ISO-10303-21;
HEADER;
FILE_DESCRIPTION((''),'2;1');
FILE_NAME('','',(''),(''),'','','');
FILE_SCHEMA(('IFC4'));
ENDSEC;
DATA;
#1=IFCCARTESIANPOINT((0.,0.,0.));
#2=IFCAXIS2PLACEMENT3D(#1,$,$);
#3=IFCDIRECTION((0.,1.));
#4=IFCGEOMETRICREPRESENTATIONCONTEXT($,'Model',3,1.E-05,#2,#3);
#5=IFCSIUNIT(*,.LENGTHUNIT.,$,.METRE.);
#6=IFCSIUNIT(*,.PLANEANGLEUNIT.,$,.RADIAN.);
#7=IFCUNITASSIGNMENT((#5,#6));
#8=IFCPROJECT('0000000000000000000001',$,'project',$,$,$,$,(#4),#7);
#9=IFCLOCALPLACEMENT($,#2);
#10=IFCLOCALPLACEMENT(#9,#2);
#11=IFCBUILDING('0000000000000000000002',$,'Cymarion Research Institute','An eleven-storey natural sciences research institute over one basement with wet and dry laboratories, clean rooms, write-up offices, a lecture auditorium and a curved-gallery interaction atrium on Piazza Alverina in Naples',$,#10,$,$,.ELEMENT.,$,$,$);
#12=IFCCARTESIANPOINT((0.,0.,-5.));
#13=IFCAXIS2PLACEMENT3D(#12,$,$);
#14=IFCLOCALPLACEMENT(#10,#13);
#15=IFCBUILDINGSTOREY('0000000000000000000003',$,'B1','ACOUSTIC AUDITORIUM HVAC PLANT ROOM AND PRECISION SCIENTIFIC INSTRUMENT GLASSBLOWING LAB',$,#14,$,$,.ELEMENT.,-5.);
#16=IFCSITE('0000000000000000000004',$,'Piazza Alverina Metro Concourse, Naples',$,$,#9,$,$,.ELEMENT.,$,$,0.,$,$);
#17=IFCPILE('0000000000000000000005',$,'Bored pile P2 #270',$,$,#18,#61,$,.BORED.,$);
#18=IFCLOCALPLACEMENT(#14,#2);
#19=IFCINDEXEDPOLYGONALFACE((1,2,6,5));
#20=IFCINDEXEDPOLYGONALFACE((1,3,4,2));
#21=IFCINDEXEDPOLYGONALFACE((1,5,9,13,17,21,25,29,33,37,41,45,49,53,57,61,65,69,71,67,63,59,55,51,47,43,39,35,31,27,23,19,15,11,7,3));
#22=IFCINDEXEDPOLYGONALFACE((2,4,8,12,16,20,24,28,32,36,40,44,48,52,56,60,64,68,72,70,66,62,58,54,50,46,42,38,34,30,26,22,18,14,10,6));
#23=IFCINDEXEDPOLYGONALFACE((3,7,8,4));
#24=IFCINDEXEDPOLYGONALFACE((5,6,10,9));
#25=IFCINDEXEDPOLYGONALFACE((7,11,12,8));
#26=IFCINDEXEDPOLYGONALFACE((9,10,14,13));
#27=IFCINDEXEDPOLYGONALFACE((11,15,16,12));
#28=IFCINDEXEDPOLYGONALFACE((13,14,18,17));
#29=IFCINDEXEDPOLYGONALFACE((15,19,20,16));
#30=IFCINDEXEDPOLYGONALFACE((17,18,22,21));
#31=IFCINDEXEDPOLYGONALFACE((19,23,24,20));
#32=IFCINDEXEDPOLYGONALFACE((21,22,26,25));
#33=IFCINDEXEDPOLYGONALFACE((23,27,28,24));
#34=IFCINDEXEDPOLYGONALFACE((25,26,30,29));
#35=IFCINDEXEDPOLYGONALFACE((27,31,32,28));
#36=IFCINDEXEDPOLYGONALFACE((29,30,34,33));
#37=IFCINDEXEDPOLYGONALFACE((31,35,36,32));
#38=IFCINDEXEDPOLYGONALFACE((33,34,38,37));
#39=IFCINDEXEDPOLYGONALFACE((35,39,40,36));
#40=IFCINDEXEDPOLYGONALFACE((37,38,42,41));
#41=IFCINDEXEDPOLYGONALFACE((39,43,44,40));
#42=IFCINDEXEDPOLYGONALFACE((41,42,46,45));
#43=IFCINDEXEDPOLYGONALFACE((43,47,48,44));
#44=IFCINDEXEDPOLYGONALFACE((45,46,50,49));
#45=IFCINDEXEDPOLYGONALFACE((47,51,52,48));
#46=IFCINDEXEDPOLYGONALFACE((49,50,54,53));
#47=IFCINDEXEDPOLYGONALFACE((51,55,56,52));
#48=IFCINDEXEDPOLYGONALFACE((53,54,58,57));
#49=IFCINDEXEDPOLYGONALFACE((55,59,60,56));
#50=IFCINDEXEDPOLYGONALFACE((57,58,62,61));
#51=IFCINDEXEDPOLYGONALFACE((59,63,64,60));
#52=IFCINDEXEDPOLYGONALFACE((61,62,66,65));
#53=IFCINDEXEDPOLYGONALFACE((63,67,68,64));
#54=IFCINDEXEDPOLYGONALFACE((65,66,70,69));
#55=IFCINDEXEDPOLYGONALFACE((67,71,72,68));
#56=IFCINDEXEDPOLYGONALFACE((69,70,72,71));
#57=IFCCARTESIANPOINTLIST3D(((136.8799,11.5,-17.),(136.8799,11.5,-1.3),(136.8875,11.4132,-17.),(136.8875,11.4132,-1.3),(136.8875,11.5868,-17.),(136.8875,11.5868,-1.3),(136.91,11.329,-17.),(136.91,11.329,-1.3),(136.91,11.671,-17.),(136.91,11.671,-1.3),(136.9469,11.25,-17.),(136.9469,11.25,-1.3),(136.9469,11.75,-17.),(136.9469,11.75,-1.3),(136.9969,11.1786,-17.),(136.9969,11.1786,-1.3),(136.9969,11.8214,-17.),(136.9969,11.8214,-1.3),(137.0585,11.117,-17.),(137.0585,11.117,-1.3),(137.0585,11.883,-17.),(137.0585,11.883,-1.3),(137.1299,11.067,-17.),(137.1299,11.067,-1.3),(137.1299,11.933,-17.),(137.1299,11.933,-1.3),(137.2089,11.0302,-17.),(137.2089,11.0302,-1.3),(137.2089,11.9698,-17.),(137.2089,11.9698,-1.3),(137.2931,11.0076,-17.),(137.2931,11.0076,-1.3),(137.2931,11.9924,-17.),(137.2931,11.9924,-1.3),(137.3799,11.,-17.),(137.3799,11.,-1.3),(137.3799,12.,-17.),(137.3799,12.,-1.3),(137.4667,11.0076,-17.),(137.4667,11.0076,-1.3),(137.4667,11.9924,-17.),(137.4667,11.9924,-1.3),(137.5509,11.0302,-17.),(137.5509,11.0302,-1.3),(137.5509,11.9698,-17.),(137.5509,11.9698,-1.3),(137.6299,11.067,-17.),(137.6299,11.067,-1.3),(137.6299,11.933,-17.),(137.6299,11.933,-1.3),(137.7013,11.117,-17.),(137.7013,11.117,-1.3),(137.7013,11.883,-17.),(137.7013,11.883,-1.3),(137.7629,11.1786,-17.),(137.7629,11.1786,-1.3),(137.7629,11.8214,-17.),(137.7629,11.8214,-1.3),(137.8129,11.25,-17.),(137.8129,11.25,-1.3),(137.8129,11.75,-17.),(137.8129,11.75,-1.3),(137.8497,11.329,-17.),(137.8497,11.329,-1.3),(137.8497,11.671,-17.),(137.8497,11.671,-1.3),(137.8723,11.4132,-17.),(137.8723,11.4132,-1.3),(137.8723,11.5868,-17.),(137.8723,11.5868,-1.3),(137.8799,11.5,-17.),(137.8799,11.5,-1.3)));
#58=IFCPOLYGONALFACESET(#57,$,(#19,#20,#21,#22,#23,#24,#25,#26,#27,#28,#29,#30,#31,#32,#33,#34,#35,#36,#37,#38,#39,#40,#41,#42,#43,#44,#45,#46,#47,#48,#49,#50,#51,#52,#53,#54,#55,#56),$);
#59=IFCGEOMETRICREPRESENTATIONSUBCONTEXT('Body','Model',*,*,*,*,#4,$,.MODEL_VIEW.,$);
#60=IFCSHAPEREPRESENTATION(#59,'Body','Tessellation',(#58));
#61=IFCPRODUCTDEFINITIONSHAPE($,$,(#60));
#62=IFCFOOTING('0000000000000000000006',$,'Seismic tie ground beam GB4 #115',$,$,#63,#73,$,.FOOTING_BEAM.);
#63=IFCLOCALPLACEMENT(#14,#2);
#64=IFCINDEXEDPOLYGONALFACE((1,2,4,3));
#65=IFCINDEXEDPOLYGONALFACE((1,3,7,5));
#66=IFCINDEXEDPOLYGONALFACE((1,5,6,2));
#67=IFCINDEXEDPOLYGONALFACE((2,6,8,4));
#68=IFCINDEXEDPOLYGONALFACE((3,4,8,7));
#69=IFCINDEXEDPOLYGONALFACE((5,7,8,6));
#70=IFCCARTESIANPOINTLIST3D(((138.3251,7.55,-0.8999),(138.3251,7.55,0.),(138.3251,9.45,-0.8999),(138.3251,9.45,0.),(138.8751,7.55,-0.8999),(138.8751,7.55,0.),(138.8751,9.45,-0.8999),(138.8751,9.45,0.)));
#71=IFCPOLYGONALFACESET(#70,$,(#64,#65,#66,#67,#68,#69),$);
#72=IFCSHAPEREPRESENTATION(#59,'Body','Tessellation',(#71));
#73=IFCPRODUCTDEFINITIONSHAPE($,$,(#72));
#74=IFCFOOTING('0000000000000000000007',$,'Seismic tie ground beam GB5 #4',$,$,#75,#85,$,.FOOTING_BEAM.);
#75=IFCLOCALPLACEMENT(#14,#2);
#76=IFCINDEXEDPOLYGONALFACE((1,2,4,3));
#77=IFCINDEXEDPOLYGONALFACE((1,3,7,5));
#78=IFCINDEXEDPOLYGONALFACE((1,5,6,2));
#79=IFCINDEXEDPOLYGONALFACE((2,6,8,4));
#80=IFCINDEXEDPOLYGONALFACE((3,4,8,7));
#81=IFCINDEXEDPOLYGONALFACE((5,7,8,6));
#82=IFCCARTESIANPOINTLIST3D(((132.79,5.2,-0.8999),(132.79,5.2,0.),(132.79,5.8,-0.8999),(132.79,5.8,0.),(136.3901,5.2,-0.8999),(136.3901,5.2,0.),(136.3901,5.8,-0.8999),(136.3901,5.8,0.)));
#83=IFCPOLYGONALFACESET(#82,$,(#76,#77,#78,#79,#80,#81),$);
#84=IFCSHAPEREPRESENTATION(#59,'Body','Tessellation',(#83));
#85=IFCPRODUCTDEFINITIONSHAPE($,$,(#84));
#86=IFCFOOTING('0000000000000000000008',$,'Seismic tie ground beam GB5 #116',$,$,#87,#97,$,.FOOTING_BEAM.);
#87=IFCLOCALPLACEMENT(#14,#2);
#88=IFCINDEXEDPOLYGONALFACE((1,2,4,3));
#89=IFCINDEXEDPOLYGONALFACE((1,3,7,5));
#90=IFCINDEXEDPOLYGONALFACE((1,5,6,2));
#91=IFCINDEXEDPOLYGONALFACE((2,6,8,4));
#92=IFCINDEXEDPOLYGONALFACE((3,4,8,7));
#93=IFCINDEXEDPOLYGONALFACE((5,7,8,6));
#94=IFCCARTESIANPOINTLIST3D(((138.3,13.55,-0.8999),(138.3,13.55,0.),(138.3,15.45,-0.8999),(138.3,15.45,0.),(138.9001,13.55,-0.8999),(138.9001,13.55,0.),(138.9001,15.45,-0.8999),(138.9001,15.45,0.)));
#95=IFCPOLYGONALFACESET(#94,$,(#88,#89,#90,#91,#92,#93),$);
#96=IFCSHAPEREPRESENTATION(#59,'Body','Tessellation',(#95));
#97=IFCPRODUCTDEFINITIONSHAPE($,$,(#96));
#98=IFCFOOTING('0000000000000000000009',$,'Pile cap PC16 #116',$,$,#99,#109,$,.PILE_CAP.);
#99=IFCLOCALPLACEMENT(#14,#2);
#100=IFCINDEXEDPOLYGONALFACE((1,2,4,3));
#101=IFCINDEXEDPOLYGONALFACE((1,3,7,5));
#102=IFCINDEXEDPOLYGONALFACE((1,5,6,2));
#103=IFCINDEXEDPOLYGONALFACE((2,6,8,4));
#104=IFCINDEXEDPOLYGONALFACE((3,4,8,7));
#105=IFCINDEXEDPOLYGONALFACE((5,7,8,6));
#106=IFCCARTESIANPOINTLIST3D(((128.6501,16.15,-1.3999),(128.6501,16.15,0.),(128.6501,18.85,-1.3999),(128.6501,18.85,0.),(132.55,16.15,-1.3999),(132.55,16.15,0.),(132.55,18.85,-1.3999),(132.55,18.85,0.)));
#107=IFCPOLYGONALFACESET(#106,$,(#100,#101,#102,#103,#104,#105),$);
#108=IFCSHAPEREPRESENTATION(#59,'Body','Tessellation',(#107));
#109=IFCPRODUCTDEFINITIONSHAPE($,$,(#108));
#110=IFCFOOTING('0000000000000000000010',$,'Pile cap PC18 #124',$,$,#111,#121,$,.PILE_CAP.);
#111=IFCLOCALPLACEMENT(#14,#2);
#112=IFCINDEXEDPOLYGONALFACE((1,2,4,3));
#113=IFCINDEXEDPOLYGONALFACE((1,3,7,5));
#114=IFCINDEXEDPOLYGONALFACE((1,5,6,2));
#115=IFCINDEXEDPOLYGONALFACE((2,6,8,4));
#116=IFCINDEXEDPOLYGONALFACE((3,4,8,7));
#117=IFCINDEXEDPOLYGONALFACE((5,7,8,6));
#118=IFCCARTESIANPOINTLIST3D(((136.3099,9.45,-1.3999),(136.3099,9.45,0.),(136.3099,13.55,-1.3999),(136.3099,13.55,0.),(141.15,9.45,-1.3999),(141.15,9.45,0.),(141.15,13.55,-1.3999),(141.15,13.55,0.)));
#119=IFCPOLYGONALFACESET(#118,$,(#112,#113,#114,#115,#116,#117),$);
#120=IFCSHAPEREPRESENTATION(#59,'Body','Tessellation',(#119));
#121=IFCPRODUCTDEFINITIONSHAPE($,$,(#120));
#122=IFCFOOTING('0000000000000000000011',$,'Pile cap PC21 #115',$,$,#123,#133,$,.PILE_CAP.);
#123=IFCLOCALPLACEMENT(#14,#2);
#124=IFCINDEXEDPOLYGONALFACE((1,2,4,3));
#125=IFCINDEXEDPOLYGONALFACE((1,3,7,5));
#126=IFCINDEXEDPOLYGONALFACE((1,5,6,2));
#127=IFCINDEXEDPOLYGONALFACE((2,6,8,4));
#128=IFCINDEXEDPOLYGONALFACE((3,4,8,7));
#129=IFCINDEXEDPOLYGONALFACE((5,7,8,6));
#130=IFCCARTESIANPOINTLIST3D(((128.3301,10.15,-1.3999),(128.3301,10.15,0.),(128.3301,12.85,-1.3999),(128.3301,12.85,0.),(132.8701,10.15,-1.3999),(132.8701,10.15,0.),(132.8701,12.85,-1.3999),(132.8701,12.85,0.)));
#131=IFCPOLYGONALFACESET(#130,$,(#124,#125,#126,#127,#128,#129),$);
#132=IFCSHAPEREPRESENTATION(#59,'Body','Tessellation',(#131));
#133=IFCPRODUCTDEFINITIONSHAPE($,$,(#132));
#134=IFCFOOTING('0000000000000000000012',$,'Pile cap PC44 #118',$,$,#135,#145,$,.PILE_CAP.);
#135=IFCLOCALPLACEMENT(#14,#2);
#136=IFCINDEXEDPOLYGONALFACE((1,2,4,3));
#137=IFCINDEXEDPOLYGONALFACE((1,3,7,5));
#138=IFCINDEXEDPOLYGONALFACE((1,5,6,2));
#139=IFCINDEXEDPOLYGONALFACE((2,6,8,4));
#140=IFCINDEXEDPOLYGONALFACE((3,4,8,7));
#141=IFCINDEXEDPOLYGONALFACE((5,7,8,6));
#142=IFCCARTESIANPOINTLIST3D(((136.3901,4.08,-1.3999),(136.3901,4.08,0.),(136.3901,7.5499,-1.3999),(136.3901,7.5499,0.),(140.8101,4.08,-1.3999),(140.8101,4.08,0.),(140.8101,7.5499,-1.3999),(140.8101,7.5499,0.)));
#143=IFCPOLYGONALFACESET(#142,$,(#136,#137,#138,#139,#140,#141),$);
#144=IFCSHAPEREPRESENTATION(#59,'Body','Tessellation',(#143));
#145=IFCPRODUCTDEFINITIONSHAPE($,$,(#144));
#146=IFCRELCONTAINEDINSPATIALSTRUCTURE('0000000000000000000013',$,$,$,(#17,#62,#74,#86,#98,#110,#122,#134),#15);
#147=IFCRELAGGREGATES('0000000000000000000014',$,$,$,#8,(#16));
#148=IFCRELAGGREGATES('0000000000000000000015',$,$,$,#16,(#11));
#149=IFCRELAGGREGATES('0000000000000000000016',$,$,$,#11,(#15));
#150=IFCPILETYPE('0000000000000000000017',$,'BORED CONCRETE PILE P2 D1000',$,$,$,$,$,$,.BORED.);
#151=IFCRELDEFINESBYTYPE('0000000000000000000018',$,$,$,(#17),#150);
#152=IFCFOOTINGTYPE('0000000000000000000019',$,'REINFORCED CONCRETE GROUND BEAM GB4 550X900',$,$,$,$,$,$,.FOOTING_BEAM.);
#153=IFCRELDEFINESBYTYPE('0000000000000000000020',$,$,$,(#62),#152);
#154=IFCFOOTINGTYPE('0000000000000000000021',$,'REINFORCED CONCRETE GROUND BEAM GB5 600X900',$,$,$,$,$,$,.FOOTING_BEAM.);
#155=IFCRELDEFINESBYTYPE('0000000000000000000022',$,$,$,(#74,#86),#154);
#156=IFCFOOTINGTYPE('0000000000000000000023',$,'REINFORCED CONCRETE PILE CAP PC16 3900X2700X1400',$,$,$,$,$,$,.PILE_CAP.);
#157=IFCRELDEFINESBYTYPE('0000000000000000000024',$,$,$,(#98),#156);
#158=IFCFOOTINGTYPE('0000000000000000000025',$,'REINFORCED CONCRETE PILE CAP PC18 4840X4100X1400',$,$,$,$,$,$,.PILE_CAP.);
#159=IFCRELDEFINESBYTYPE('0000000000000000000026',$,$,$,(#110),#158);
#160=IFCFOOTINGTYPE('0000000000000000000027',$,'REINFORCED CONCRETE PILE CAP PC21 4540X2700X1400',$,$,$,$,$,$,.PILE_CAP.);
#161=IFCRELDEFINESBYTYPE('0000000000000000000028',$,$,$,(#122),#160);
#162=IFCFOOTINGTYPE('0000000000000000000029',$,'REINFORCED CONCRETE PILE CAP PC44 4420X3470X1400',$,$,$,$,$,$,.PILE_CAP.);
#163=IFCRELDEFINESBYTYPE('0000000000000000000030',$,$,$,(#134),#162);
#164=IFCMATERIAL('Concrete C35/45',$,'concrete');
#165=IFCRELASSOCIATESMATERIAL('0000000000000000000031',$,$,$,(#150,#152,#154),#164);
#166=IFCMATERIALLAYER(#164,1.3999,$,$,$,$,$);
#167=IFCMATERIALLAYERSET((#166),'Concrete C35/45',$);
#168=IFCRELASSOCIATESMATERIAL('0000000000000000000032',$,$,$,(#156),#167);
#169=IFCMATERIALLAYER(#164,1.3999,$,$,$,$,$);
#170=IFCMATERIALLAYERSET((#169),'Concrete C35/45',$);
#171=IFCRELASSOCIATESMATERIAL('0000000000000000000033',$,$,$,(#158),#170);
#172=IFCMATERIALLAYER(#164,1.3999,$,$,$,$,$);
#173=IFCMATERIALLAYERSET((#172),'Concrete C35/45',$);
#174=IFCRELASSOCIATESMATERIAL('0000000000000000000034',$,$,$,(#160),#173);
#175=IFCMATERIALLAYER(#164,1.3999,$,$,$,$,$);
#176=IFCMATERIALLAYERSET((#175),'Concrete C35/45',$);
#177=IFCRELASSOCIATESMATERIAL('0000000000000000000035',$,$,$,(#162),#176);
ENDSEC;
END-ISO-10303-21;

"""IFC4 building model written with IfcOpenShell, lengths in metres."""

from ifc_helpers import new_model, si_unit, direction, frame, origin, origin_2d, place, context, subcontext, project, spatial, rectangle, circle, extrude, material, layer, layer_set, material_profile, profile_set, type_object, element, save


model = new_model("IFC4")

# Units and contexts
model_context = context("Model", 3, precision=1e-05, world=origin(), true_north=direction((0.0, 1.0)))
body_context = subcontext(model_context, "Body", "Model", "MODEL_VIEW")
ifc_project = project(units=[si_unit("LENGTHUNIT", "METRE"), si_unit("PLANEANGLEUNIT", "RADIAN")], contexts=[model_context])

# Site, building, storey
site_placement = place(None, origin())
site = spatial("IfcSite", under=ifc_project, at=site_placement, Name="Piazza Alverina Metro Concourse, Naples", CompositionType="ELEMENT", RefElevation=0.0)
building_placement = place(site_placement, origin())
building = spatial("IfcBuilding", under=site, at=building_placement, Name="Cymarion Research Institute", Description="An eleven-storey natural sciences research institute over one basement with wet and dry laboratories, clean rooms, write-up offices, a lecture auditorium and a curved-gallery interaction atrium on Piazza Alverina in Naples", CompositionType="ELEMENT")
storey_placement = place(building_placement, frame((0.0, 0.0, -5.0)))
storey = spatial("IfcBuildingStorey", under=building, at=storey_placement, Name="B1", Description="ACOUSTIC AUDITORIUM HVAC PLANT ROOM AND PRECISION SCIENTIFIC INSTRUMENT GLASSBLOWING LAB", CompositionType="ELEMENT", Elevation=-5.0)

# Pile
ifc_material_1 = material(Name="Concrete C35/45", Category="concrete")
ifc_material_profile_1 = material_profile(ifc_material_1, circle(Radius=0.5, at=origin_2d()), Name="BORED PILE D1000")
ifc_profile_set_1 = profile_set([ifc_material_profile_1], Name="Concrete C35/45")
pile_type = type_object("IfcPileType", Name="BORED CONCRETE PILE P2 D1000", PredefinedType="BORED", material=ifc_profile_set_1)
for number, where, z_axis, x_axis, name in (
    (1, (137.3799, 11.5, -1.3), (0.0, 0.0, -1.0), (1.0, 0.0, 0.0), "Bored pile P2 #270"),
):
    element("IfcPile", number, at=place(storey_placement, frame(where, z_axis=z_axis, x_axis=x_axis)), inside=storey, type_object=pile_type, Name=name, PredefinedType="BORED", context=body_context, shape_type="SweptSolid", body=[
        extrude(circle(Radius=0.5, at=origin_2d()), origin(), (0.0, 0.0, 1.0), 15.7),
    ])

# Footings
footing_type_1 = type_object("IfcFootingType", Name="REINFORCED CONCRETE GROUND BEAM GB4 550X900", PredefinedType="FOOTING_BEAM", material=ifc_material_1)
footing_1_placement = place(storey_placement, frame((138.6001, 8.5, -0.8999), z_axis=(0.0, 0.0, 1.0), x_axis=(0.0, 1.0, 0.0)))
element("IfcFooting", 2, at=footing_1_placement, inside=storey, type_object=footing_type_1, Name="Seismic tie ground beam GB4 #115", PredefinedType="FOOTING_BEAM", context=body_context, shape_type="SweptSolid", body=[
    extrude(rectangle(XDim=1.8999, YDim=0.55, at=origin_2d()), origin(), (0.0, 0.0, 1.0), 0.8999),
])
footing_type_2 = type_object("IfcFootingType", Name="REINFORCED CONCRETE GROUND BEAM GB5 600X900", PredefinedType="FOOTING_BEAM", material=ifc_material_1)
footing_2_placement = place(storey_placement, frame((134.5901, 5.5, -0.8999), z_axis=(0.0, 0.0, 1.0), x_axis=(1.0, 0.0, 0.0)))
element("IfcFooting", 3, at=footing_2_placement, inside=storey, type_object=footing_type_2, Name="Seismic tie ground beam GB5 #4", PredefinedType="FOOTING_BEAM", context=body_context, shape_type="SweptSolid", body=[
    extrude(rectangle(XDim=3.6001, YDim=0.6001, at=origin_2d()), origin(), (0.0, 0.0, 1.0), 0.8999),
])
footing_3_placement = place(storey_placement, frame((138.6001, 14.5, -0.8999), z_axis=(0.0, 0.0, 1.0), x_axis=(0.0, 1.0, 0.0)))
element("IfcFooting", 4, at=footing_3_placement, inside=storey, type_object=footing_type_2, Name="Seismic tie ground beam GB5 #116", PredefinedType="FOOTING_BEAM", context=body_context, shape_type="SweptSolid", body=[
    extrude(rectangle(XDim=1.8999, YDim=0.6001, at=origin_2d()), origin(), (0.0, 0.0, 1.0), 0.8999),
])
ifc_layer_1 = layer(ifc_material_1, 1.3999)
ifc_layer_set_1 = layer_set([ifc_layer_1], Name="Concrete C35/45")
footing_type_3 = type_object("IfcFootingType", Name="REINFORCED CONCRETE PILE CAP PC16 3900X2700X1400", PredefinedType="PILE_CAP", material=ifc_layer_set_1)
footing_4_placement = place(storey_placement, frame((130.6001, 17.5, -1.3999), z_axis=(0.0, 0.0, 1.0), x_axis=(1.0, 0.0, 0.0)))
element("IfcFooting", 5, at=footing_4_placement, inside=storey, type_object=footing_type_3, Name="Pile cap PC16 #116", PredefinedType="PILE_CAP", context=body_context, shape_type="SweptSolid", body=[
    extrude(rectangle(XDim=3.8999, YDim=2.7, at=origin_2d()), origin(), (0.0, 0.0, 1.0), 1.3999),
])
ifc_layer_2 = layer(ifc_material_1, 1.3999)
ifc_layer_set_2 = layer_set([ifc_layer_2], Name="Concrete C35/45")
footing_type_4 = type_object("IfcFootingType", Name="REINFORCED CONCRETE PILE CAP PC18 4840X4100X1400", PredefinedType="PILE_CAP", material=ifc_layer_set_2)
footing_5_placement = place(storey_placement, frame((138.73, 11.5, -1.3999), z_axis=(0.0, 0.0, 1.0), x_axis=(1.0, 0.0, 0.0)))
element("IfcFooting", 6, at=footing_5_placement, inside=storey, type_object=footing_type_4, Name="Pile cap PC18 #124", PredefinedType="PILE_CAP", context=body_context, shape_type="SweptSolid", body=[
    extrude(rectangle(XDim=4.8401, YDim=4.1001, at=origin_2d()), origin(), (0.0, 0.0, 1.0), 1.3999),
])
ifc_layer_3 = layer(ifc_material_1, 1.3999)
ifc_layer_set_3 = layer_set([ifc_layer_3], Name="Concrete C35/45")
footing_type_5 = type_object("IfcFootingType", Name="REINFORCED CONCRETE PILE CAP PC21 4540X2700X1400", PredefinedType="PILE_CAP", material=ifc_layer_set_3)
footing_6_placement = place(storey_placement, frame((130.6001, 11.5, -1.3999), z_axis=(0.0, 0.0, 1.0), x_axis=(1.0, 0.0, 0.0)))
element("IfcFooting", 7, at=footing_6_placement, inside=storey, type_object=footing_type_5, Name="Pile cap PC21 #115", PredefinedType="PILE_CAP", context=body_context, shape_type="SweptSolid", body=[
    extrude(rectangle(XDim=4.54, YDim=2.7, at=origin_2d()), origin(), (0.0, 0.0, 1.0), 1.3999),
])
ifc_layer_4 = layer(ifc_material_1, 1.3999)
ifc_layer_set_4 = layer_set([ifc_layer_4], Name="Concrete C35/45")
footing_type_6 = type_object("IfcFootingType", Name="REINFORCED CONCRETE PILE CAP PC44 4420X3470X1400", PredefinedType="PILE_CAP", material=ifc_layer_set_4)
footing_7_placement = place(storey_placement, frame((138.6001, 5.8149, -1.3999), z_axis=(0.0, 0.0, 1.0), x_axis=(1.0, 0.0, 0.0)))
element("IfcFooting", 8, at=footing_7_placement, inside=storey, type_object=footing_type_6, Name="Pile cap PC44 #118", PredefinedType="PILE_CAP", context=body_context, shape_type="SweptSolid", body=[
    extrude(rectangle(XDim=4.4199, YDim=3.47, at=origin_2d()), origin(), (0.0, 0.0, 1.0), 1.3999),
])

save(model, "model.ifc")
